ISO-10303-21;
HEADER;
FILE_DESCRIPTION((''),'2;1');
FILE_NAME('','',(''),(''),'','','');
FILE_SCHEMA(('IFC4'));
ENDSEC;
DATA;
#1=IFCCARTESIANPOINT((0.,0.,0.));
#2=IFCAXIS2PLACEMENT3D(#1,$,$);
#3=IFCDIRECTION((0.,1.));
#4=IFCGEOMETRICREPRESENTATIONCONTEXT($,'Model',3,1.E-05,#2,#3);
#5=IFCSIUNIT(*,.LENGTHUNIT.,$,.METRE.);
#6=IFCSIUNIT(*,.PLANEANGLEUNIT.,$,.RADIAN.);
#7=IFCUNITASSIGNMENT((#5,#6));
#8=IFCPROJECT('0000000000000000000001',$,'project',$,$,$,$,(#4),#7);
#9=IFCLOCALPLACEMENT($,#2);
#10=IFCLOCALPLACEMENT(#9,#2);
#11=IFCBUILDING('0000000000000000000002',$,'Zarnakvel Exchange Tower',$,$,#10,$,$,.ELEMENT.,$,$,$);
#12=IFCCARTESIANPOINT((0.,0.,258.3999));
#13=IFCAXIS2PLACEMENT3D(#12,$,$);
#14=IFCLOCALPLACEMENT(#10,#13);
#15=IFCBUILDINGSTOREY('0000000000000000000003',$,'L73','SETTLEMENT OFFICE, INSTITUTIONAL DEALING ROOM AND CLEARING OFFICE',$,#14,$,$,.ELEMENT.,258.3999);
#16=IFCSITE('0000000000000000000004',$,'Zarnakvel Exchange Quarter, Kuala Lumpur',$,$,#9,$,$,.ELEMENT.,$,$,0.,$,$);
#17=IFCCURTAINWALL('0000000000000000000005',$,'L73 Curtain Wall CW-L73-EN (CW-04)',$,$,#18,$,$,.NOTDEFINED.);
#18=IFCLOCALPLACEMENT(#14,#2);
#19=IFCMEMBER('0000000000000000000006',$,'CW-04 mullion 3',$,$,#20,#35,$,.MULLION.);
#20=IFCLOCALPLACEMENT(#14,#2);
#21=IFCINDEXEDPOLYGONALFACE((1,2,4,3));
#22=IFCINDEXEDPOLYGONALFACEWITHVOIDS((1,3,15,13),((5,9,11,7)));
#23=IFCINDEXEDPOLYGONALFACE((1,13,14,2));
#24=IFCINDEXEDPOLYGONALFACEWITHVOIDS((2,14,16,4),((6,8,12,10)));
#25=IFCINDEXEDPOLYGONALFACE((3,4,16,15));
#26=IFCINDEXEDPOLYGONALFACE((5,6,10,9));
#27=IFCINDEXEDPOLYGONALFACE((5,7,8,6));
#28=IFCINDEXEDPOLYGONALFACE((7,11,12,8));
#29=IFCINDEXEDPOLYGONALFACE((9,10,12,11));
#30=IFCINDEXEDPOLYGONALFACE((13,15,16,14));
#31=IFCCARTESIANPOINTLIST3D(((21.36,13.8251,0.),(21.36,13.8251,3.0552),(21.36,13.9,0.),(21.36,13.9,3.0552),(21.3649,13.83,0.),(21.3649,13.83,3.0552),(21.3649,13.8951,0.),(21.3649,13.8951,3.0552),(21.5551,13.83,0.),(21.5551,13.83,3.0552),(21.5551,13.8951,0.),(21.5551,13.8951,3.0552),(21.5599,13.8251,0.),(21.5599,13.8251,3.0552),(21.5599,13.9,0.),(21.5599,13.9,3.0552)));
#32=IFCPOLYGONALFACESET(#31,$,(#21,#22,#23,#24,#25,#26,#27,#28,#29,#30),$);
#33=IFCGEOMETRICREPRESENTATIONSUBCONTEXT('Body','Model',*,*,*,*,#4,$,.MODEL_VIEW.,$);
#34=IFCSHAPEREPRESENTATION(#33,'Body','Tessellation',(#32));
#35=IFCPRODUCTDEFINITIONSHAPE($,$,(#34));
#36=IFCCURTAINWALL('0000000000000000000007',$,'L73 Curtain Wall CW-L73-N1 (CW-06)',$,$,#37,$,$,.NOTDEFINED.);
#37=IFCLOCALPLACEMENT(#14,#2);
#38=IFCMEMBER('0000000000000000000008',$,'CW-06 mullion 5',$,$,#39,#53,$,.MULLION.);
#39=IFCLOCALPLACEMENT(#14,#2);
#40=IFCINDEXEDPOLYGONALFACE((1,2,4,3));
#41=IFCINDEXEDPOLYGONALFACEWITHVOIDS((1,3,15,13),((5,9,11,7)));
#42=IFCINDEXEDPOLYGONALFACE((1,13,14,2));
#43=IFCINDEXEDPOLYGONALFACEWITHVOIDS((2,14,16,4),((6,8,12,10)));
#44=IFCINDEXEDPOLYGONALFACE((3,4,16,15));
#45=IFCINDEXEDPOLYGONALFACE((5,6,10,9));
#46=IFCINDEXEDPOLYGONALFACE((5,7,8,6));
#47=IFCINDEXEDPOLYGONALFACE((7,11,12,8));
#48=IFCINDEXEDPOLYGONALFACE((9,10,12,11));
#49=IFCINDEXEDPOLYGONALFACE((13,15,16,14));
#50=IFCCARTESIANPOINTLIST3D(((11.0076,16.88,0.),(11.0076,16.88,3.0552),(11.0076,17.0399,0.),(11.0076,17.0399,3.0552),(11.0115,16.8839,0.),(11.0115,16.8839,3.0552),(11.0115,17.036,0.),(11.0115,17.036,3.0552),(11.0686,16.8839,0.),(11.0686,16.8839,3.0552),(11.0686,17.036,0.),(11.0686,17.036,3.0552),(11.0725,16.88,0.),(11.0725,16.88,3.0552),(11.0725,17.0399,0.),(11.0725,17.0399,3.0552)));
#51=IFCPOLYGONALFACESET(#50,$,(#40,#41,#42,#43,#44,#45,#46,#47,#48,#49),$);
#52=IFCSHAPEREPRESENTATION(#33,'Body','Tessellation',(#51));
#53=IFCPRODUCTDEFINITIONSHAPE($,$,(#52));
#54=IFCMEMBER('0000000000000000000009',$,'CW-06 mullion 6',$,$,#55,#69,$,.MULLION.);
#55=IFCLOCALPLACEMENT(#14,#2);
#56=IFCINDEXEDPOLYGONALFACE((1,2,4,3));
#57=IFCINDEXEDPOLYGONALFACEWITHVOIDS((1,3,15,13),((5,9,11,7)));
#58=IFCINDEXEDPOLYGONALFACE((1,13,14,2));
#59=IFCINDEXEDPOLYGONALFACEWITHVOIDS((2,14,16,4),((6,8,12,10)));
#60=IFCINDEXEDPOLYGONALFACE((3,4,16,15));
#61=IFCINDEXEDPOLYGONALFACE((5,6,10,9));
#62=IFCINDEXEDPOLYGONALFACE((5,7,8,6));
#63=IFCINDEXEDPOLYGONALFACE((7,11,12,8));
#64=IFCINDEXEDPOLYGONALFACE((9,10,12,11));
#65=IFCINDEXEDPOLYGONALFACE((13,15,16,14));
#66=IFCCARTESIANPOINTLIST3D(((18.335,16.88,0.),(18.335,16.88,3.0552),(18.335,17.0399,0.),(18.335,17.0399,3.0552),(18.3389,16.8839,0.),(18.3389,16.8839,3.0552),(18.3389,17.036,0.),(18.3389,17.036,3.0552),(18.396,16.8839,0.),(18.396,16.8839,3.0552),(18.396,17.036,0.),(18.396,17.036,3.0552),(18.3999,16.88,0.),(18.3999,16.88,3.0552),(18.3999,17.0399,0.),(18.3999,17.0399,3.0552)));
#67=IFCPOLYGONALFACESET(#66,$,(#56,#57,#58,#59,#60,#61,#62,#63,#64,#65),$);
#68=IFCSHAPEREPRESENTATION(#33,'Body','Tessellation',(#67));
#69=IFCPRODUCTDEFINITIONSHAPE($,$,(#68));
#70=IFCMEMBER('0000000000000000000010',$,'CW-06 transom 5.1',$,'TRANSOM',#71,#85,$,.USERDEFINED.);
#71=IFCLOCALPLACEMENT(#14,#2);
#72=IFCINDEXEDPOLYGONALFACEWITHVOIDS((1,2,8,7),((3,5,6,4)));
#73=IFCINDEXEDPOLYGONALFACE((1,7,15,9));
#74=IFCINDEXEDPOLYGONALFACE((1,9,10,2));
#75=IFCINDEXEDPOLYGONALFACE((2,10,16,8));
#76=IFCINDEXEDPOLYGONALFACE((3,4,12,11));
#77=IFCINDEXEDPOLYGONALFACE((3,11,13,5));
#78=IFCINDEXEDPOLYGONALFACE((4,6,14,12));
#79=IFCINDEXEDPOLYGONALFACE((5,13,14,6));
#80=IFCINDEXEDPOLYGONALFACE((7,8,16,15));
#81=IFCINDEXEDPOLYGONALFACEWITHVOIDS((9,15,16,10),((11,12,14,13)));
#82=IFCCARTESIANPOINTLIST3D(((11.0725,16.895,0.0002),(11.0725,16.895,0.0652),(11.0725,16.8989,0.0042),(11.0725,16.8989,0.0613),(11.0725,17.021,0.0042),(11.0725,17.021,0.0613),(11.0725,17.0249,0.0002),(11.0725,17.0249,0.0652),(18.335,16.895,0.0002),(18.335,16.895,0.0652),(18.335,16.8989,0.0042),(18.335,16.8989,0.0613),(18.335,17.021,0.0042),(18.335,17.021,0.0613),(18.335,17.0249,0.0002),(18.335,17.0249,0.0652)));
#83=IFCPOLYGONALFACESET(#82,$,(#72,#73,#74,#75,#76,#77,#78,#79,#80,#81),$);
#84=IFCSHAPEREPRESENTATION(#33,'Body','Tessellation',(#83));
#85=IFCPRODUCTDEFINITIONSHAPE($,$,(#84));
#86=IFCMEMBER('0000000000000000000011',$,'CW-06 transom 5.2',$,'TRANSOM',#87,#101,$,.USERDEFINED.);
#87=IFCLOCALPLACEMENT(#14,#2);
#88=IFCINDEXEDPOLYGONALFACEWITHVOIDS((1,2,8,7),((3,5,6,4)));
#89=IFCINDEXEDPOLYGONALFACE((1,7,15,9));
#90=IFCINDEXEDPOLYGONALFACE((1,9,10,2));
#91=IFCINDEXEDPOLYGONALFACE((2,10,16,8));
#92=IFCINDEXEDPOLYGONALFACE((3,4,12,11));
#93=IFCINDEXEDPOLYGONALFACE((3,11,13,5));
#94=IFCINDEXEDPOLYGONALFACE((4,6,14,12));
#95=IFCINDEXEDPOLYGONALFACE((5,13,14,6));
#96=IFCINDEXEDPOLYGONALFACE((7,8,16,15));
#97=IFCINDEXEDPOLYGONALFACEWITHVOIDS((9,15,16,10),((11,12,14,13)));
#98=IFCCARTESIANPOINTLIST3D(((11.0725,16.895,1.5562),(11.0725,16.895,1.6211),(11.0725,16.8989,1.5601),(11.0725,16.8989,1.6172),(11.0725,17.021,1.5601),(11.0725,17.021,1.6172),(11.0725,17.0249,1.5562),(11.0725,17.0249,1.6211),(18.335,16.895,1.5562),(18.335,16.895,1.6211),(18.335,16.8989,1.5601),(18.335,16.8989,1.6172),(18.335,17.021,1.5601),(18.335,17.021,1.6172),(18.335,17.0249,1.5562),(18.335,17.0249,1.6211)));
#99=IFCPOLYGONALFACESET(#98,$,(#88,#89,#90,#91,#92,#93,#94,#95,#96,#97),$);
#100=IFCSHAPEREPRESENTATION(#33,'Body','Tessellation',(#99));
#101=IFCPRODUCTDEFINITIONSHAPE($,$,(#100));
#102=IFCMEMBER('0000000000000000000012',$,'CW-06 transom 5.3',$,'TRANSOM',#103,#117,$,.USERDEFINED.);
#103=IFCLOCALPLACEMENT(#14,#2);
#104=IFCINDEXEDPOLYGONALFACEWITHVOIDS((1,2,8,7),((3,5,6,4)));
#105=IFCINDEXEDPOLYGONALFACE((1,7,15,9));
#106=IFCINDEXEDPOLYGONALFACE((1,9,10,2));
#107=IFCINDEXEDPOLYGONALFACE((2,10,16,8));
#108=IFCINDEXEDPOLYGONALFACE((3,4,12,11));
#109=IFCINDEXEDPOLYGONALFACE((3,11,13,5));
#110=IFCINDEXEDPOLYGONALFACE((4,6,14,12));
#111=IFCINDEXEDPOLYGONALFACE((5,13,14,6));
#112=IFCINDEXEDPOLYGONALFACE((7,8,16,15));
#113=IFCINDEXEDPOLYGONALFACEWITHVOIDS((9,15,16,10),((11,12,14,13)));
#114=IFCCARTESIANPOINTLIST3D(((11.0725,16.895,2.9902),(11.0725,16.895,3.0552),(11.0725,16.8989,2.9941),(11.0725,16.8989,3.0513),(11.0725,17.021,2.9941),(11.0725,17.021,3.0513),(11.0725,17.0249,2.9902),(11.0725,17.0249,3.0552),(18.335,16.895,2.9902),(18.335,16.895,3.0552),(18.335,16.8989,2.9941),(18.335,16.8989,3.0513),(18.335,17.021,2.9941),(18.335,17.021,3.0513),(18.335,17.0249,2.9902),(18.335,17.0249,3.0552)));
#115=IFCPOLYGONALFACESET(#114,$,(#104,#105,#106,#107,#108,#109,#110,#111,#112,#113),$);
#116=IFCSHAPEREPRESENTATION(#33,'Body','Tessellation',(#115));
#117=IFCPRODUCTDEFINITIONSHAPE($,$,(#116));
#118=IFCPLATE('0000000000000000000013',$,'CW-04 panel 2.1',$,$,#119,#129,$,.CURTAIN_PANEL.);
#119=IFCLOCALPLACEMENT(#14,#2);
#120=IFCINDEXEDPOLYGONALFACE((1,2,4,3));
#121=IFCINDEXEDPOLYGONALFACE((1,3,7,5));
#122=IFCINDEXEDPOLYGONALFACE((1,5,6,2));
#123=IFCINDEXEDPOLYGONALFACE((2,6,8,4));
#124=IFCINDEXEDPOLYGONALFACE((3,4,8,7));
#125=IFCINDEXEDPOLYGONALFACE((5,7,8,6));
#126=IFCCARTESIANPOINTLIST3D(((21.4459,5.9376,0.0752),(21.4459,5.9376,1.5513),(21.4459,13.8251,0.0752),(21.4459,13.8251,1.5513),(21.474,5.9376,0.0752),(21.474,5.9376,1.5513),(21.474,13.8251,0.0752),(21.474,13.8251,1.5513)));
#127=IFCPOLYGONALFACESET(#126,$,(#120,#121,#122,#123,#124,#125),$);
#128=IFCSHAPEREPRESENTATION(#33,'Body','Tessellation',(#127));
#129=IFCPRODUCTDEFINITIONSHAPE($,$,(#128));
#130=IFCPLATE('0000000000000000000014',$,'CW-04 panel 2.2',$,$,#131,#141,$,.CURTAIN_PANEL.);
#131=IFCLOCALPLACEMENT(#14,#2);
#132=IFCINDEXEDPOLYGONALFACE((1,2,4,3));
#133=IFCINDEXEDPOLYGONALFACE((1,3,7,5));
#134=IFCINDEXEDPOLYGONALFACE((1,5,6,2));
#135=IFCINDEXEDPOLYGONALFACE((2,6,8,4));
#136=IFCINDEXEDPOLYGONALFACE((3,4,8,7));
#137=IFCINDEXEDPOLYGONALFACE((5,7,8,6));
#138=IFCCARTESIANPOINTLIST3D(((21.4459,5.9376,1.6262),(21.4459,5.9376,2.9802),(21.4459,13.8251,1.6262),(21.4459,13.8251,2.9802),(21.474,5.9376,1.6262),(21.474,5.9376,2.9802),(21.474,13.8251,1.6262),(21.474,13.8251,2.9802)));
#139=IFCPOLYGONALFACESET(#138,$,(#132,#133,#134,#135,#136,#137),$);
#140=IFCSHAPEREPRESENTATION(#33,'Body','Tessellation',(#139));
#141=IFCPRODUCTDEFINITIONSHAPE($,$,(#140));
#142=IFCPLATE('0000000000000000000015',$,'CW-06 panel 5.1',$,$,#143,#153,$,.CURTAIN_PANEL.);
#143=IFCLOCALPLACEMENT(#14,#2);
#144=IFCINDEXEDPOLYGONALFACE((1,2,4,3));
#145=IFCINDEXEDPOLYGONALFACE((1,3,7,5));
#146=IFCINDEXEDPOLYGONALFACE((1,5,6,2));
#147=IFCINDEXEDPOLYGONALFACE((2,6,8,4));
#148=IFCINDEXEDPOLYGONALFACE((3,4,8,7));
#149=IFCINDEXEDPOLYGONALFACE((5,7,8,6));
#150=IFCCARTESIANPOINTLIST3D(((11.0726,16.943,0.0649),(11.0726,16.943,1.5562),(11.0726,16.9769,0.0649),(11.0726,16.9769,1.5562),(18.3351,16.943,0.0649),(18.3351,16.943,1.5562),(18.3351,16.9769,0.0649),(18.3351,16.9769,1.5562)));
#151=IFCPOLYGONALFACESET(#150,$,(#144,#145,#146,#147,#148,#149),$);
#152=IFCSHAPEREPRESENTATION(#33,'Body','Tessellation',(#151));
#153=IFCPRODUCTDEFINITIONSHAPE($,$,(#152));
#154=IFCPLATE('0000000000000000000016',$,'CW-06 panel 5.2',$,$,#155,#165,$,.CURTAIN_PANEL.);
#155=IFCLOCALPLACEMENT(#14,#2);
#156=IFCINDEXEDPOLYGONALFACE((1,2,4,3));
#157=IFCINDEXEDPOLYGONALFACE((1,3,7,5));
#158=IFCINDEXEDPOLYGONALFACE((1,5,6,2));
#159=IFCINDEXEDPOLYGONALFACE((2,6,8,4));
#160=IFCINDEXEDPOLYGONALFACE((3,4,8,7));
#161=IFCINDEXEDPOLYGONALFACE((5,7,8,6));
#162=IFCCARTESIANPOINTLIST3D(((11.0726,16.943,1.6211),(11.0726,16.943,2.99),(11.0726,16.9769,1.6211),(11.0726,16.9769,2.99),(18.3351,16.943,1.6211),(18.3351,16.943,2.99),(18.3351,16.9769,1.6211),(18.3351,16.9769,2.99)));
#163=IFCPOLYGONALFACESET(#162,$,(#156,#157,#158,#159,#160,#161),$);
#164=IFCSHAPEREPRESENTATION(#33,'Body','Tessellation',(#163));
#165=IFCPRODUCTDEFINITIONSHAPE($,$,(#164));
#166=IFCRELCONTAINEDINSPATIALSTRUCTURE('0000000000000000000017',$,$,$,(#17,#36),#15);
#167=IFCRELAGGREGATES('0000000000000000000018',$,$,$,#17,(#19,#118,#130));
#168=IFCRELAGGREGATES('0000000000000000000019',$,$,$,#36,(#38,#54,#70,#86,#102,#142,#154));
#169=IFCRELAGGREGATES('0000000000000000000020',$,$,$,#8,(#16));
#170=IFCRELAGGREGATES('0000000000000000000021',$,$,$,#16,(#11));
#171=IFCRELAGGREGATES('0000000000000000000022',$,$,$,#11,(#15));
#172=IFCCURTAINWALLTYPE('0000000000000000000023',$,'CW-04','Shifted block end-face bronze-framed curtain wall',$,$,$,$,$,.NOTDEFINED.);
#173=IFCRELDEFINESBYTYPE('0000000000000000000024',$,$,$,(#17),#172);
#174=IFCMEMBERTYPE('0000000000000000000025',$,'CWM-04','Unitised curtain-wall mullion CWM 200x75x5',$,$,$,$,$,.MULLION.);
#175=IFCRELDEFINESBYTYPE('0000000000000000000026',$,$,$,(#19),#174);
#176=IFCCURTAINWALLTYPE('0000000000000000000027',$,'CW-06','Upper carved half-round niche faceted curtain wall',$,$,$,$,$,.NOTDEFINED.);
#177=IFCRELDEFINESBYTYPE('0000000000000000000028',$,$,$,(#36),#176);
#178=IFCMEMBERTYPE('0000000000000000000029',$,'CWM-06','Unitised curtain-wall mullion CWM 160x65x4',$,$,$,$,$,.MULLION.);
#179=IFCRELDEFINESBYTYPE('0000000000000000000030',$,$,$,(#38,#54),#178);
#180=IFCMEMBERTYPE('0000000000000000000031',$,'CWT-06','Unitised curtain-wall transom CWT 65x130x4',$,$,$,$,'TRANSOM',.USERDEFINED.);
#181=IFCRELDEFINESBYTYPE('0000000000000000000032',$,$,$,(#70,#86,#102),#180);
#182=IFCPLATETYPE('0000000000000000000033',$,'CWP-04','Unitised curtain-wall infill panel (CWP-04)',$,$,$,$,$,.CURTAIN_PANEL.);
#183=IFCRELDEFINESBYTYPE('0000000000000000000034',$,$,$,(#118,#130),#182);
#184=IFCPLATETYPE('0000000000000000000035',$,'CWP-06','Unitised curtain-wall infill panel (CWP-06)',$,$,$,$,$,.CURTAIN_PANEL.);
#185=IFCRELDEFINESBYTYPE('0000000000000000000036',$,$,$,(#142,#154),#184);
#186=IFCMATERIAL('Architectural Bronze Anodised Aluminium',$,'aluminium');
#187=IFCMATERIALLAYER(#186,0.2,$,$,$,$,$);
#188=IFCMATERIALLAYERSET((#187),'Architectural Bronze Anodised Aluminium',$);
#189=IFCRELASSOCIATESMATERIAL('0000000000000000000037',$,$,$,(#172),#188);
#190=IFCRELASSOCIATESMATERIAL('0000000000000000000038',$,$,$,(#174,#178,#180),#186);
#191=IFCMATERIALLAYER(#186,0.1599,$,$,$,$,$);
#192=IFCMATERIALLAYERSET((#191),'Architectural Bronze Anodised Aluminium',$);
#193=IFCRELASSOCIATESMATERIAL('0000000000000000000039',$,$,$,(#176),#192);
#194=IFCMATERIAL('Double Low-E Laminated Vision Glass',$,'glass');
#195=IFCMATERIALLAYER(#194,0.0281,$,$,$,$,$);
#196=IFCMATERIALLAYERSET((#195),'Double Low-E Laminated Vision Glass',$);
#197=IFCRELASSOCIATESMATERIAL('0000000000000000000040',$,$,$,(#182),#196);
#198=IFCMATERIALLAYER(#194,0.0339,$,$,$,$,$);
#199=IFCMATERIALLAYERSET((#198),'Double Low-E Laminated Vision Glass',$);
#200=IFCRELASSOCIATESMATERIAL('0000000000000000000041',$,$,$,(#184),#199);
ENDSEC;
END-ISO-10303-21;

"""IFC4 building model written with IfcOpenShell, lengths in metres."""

from ifc_helpers import new_model, si_unit, direction, frame, origin, origin_2d, place, context, subcontext, project, spatial, rectangle, hollow_rectangle, extrude, source, transform, mapped, material, layer, layer_set, material_profile, profile_set, type_object, element, aggregate, save


model = new_model("IFC4")

# Units and contexts
model_context = context("Model", 3, precision=1e-05, world=origin(), true_north=direction((0.0, 1.0)))
body_context = subcontext(model_context, "Body", "Model", "MODEL_VIEW")
ifc_project = project(units=[si_unit("LENGTHUNIT", "METRE"), si_unit("PLANEANGLEUNIT", "RADIAN")], contexts=[model_context])

# Site, building, storey
site_placement = place(None, origin())
site = spatial("IfcSite", under=ifc_project, at=site_placement, Name="Zarnakvel Exchange Quarter, Kuala Lumpur", CompositionType="ELEMENT", RefElevation=0.0)
building_placement = place(site_placement, origin())
building = spatial("IfcBuilding", under=site, at=building_placement, Name="Zarnakvel Exchange Tower", CompositionType="ELEMENT")
storey_placement = place(building_placement, frame((0.0, 0.0, 258.3999)))
storey = spatial("IfcBuildingStorey", under=building, at=storey_placement, Name="L73", Description="SETTLEMENT OFFICE, INSTITUTIONAL DEALING ROOM AND CLEARING OFFICE", CompositionType="ELEMENT", Elevation=258.3999)

# Curtain wall, member
ifc_material_1 = material(Name="Architectural Bronze Anodised Aluminium", Category="aluminium")
ifc_layer_1 = layer(ifc_material_1, 0.2)
ifc_layer_set_1 = layer_set([ifc_layer_1], Name="Architectural Bronze Anodised Aluminium")
curtain_wall_type_1 = type_object("IfcCurtainWallType", Name="CW-04", Description="Shifted block end-face bronze-framed curtain wall", PredefinedType="NOTDEFINED", material=ifc_layer_set_1)
curtain_wall_1_placement = place(storey_placement, origin())
curtain_wall_1 = element("IfcCurtainWall", 1, at=curtain_wall_1_placement, inside=storey, type_object=curtain_wall_type_1, Name="L73 Curtain Wall CW-L73-EN (CW-04)", PredefinedType="NOTDEFINED")
ifc_material_profile_1 = material_profile(ifc_material_1, hollow_rectangle(XDim=0.2, YDim=0.075, WallThickness=0.0049, at=origin_2d()))
ifc_profile_set_1 = profile_set([ifc_material_profile_1], Name="Architectural Bronze Anodised Aluminium")
member_type_1 = type_object("IfcMemberType", Name="CWM-04", Description="Unitised curtain-wall mullion CWM 200x75x5", PredefinedType="MULLION", material=ifc_profile_set_1)
shared_shape_1 = source(origin(), body_context, "Body", "SweptSolid", [
    extrude(hollow_rectangle(XDim=0.2, YDim=0.075, WallThickness=0.0049, at=origin_2d()), origin(), (0.0, 0.0, 1.0), 3.0552),
])
member_1_placement = place(storey_placement, frame((21.46, 13.8625, 0.0), z_axis=(0.0, 0.0, 1.0), x_axis=(-1.0, 0.0, 0.0)))
member_1 = element("IfcMember", 2, at=member_1_placement, type_object=member_type_1, Name="CW-04 mullion 3", PredefinedType="MULLION", context=body_context, shape_type="MappedRepresentation", body=[
    mapped(shared_shape_1, transform((0.0, 0.0, 0.0), x_axis=(1.0, 0.0, 0.0), y_axis=(0.0, 1.0, 0.0), z_axis=(0.0, 0.0, 1.0), scale=1.0)),
])

# Curtain wall, members
ifc_layer_2 = layer(ifc_material_1, 0.1599)
ifc_layer_set_2 = layer_set([ifc_layer_2], Name="Architectural Bronze Anodised Aluminium")
curtain_wall_type_2 = type_object("IfcCurtainWallType", Name="CW-06", Description="Upper carved half-round niche faceted curtain wall", PredefinedType="NOTDEFINED", material=ifc_layer_set_2)
curtain_wall_2_placement = place(storey_placement, origin())
curtain_wall_2 = element("IfcCurtainWall", 3, at=curtain_wall_2_placement, inside=storey, type_object=curtain_wall_type_2, Name="L73 Curtain Wall CW-L73-N1 (CW-06)", PredefinedType="NOTDEFINED")
ifc_material_profile_2 = material_profile(ifc_material_1, hollow_rectangle(XDim=0.1599, YDim=0.0649, WallThickness=0.0039, at=origin_2d()))
ifc_profile_set_2 = profile_set([ifc_material_profile_2], Name="Architectural Bronze Anodised Aluminium")
member_type_2 = type_object("IfcMemberType", Name="CWM-06", Description="Unitised curtain-wall mullion CWM 160x65x4", PredefinedType="MULLION", material=ifc_profile_set_2)
shared_shape_2 = source(origin(), body_context, "Body", "SweptSolid", [
    extrude(hollow_rectangle(XDim=0.1599, YDim=0.0649, WallThickness=0.0039, at=origin_2d()), origin(), (0.0, 0.0, 1.0), 3.0552),
])
member_2_placement = place(storey_placement, frame((11.04, 16.96, 0.0), z_axis=(0.0, 0.0, 1.0), x_axis=(0.0, 1.0, 0.0)))
member_2 = element("IfcMember", 4, at=member_2_placement, type_object=member_type_2, Name="CW-06 mullion 5", PredefinedType="MULLION", context=body_context, shape_type="MappedRepresentation", body=[
    mapped(shared_shape_2, transform((0.0, 0.0, 0.0), x_axis=(1.0, 0.0, 0.0), y_axis=(0.0, 1.0, 0.0), z_axis=(0.0, 0.0, 1.0), scale=1.0)),
])
member_3_placement = place(storey_placement, frame((18.3674, 16.96, 0.0), z_axis=(0.0, 0.0, 1.0), x_axis=(0.0, 1.0, 0.0)))
member_3 = element("IfcMember", 5, at=member_3_placement, type_object=member_type_2, Name="CW-06 mullion 6", PredefinedType="MULLION", context=body_context, shape_type="MappedRepresentation", body=[
    mapped(shared_shape_2, transform((0.0, 0.0, 0.0), x_axis=(1.0, 0.0, 0.0), y_axis=(0.0, 1.0, 0.0), z_axis=(0.0, 0.0, 1.0), scale=1.0)),
])
ifc_material_profile_3 = material_profile(ifc_material_1, hollow_rectangle(XDim=0.1299, YDim=0.0649, WallThickness=0.0039, at=origin_2d()))
ifc_profile_set_3 = profile_set([ifc_material_profile_3], Name="Architectural Bronze Anodised Aluminium")
member_type_3 = type_object("IfcMemberType", Name="CWT-06", Description="Unitised curtain-wall transom CWT 65x130x4", ElementType="TRANSOM", PredefinedType="USERDEFINED", material=ifc_profile_set_3)
shared_shape_3 = source(origin(), body_context, "Body", "SweptSolid", [
    extrude(hollow_rectangle(XDim=0.1299, YDim=0.0649, WallThickness=0.0039, at=origin_2d()), origin(), (0.0, 0.0, 1.0), 7.2625),
])
member_4_placement = place(storey_placement, frame((11.0725, 16.96, 0.0327), z_axis=(1.0, 0.0, 0.0), x_axis=(0.0, 1.0, 0.0)))
member_4 = element("IfcMember", 6, at=member_4_placement, type_object=member_type_3, Name="CW-06 transom 5.1", ObjectType="TRANSOM", PredefinedType="USERDEFINED", context=body_context, shape_type="MappedRepresentation", body=[
    mapped(shared_shape_3, transform((0.0, 0.0, 0.0), x_axis=(1.0, 0.0, 0.0), y_axis=(0.0, 1.0, 0.0), z_axis=(0.0, 0.0, 1.0), scale=1.0)),
])
member_5_placement = place(storey_placement, frame((11.0725, 16.96, 1.5886), z_axis=(1.0, 0.0, 0.0), x_axis=(0.0, 1.0, 0.0)))
member_5 = element("IfcMember", 7, at=member_5_placement, type_object=member_type_3, Name="CW-06 transom 5.2", ObjectType="TRANSOM", PredefinedType="USERDEFINED", context=body_context, shape_type="MappedRepresentation", body=[
    mapped(shared_shape_3, transform((0.0, 0.0, 0.0), x_axis=(1.0, 0.0, 0.0), y_axis=(0.0, 1.0, 0.0), z_axis=(0.0, 0.0, 1.0), scale=1.0)),
])
member_6_placement = place(storey_placement, frame((11.0725, 16.96, 3.0227), z_axis=(1.0, 0.0, 0.0), x_axis=(0.0, 1.0, 0.0)))
member_6 = element("IfcMember", 8, at=member_6_placement, type_object=member_type_3, Name="CW-06 transom 5.3", ObjectType="TRANSOM", PredefinedType="USERDEFINED", context=body_context, shape_type="MappedRepresentation", body=[
    mapped(shared_shape_3, transform((0.0, 0.0, 0.0), x_axis=(1.0, 0.0, 0.0), y_axis=(0.0, 1.0, 0.0), z_axis=(0.0, 0.0, 1.0), scale=1.0)),
])

# Plates
ifc_material_2 = material(Name="Double Low-E Laminated Vision Glass", Category="glass")
ifc_layer_3 = layer(ifc_material_2, 0.0281)
ifc_layer_set_3 = layer_set([ifc_layer_3], Name="Double Low-E Laminated Vision Glass")
plate_type_1 = type_object("IfcPlateType", Name="CWP-04", Description="Unitised curtain-wall infill panel (CWP-04)", PredefinedType="CURTAIN_PANEL", material=ifc_layer_set_3)
shared_shape_4 = source(origin(), body_context, "Body", "SweptSolid", [
    extrude(rectangle(XDim=7.8875, YDim=0.0281, at=origin_2d()), origin(), (0.0, 0.0, 1.0), 1.4761),
])
plate_1_placement = place(storey_placement, frame((21.46, 9.8813, 0.0752), z_axis=(0.0, 0.0, 1.0), x_axis=(0.0, 1.0, 0.0)))
plate_1 = element("IfcPlate", 9, at=plate_1_placement, type_object=plate_type_1, Name="CW-04 panel 2.1", PredefinedType="CURTAIN_PANEL", context=body_context, shape_type="MappedRepresentation", body=[
    mapped(shared_shape_4, transform((0.0, 0.0, 0.0), x_axis=(1.0, 0.0, 0.0), y_axis=(0.0, 1.0, 0.0), z_axis=(0.0, 0.0, 1.0), scale=1.0)),
])
shared_shape_5 = source(origin(), body_context, "Body", "SweptSolid", [
    extrude(rectangle(XDim=7.8875, YDim=0.0281, at=origin_2d()), origin(), (0.0, 0.0, 1.0), 1.354),
])
plate_2_placement = place(storey_placement, frame((21.46, 9.8813, 1.6262), z_axis=(0.0, 0.0, 1.0), x_axis=(0.0, 1.0, 0.0)))
plate_2 = element("IfcPlate", 10, at=plate_2_placement, type_object=plate_type_1, Name="CW-04 panel 2.2", PredefinedType="CURTAIN_PANEL", context=body_context, shape_type="MappedRepresentation", body=[
    mapped(shared_shape_5, transform((0.0, 0.0, 0.0), x_axis=(1.0, 0.0, 0.0), y_axis=(0.0, 1.0, 0.0), z_axis=(0.0, 0.0, 1.0), scale=1.0)),
])
aggregate(curtain_wall_1, [member_1, plate_1, plate_2])
ifc_layer_4 = layer(ifc_material_2, 0.0339)
ifc_layer_set_4 = layer_set([ifc_layer_4], Name="Double Low-E Laminated Vision Glass")
plate_type_2 = type_object("IfcPlateType", Name="CWP-06", Description="Unitised curtain-wall infill panel (CWP-06)", PredefinedType="CURTAIN_PANEL", material=ifc_layer_set_4)
shared_shape_6 = source(origin(), body_context, "Body", "SweptSolid", [
    extrude(rectangle(XDim=7.2625, YDim=0.0339, at=origin_2d()), origin(), (0.0, 0.0, 1.0), 1.4912),
])
plate_3_placement = place(storey_placement, frame((14.7039, 16.96, 0.0649), z_axis=(0.0, 0.0, 1.0), x_axis=(1.0, 0.0, 0.0)))
plate_3 = element("IfcPlate", 11, at=plate_3_placement, type_object=plate_type_2, Name="CW-06 panel 5.1", PredefinedType="CURTAIN_PANEL", context=body_context, shape_type="MappedRepresentation", body=[
    mapped(shared_shape_6, transform((0.0, 0.0, 0.0), x_axis=(1.0, 0.0, 0.0), y_axis=(0.0, 1.0, 0.0), z_axis=(0.0, 0.0, 1.0), scale=1.0)),
])
shared_shape_7 = source(origin(), body_context, "Body", "SweptSolid", [
    extrude(rectangle(XDim=7.2625, YDim=0.0339, at=origin_2d()), origin(), (0.0, 0.0, 1.0), 1.3689),
])
plate_4_placement = place(storey_placement, frame((14.7039, 16.96, 1.6211), z_axis=(0.0, 0.0, 1.0), x_axis=(1.0, 0.0, 0.0)))
plate_4 = element("IfcPlate", 12, at=plate_4_placement, type_object=plate_type_2, Name="CW-06 panel 5.2", PredefinedType="CURTAIN_PANEL", context=body_context, shape_type="MappedRepresentation", body=[
    mapped(shared_shape_7, transform((0.0, 0.0, 0.0), x_axis=(1.0, 0.0, 0.0), y_axis=(0.0, 1.0, 0.0), z_axis=(0.0, 0.0, 1.0), scale=1.0)),
])
aggregate(curtain_wall_2, [member_2, member_3, member_4, member_5, member_6, plate_3, plate_4])

save(model, "model.ifc")
